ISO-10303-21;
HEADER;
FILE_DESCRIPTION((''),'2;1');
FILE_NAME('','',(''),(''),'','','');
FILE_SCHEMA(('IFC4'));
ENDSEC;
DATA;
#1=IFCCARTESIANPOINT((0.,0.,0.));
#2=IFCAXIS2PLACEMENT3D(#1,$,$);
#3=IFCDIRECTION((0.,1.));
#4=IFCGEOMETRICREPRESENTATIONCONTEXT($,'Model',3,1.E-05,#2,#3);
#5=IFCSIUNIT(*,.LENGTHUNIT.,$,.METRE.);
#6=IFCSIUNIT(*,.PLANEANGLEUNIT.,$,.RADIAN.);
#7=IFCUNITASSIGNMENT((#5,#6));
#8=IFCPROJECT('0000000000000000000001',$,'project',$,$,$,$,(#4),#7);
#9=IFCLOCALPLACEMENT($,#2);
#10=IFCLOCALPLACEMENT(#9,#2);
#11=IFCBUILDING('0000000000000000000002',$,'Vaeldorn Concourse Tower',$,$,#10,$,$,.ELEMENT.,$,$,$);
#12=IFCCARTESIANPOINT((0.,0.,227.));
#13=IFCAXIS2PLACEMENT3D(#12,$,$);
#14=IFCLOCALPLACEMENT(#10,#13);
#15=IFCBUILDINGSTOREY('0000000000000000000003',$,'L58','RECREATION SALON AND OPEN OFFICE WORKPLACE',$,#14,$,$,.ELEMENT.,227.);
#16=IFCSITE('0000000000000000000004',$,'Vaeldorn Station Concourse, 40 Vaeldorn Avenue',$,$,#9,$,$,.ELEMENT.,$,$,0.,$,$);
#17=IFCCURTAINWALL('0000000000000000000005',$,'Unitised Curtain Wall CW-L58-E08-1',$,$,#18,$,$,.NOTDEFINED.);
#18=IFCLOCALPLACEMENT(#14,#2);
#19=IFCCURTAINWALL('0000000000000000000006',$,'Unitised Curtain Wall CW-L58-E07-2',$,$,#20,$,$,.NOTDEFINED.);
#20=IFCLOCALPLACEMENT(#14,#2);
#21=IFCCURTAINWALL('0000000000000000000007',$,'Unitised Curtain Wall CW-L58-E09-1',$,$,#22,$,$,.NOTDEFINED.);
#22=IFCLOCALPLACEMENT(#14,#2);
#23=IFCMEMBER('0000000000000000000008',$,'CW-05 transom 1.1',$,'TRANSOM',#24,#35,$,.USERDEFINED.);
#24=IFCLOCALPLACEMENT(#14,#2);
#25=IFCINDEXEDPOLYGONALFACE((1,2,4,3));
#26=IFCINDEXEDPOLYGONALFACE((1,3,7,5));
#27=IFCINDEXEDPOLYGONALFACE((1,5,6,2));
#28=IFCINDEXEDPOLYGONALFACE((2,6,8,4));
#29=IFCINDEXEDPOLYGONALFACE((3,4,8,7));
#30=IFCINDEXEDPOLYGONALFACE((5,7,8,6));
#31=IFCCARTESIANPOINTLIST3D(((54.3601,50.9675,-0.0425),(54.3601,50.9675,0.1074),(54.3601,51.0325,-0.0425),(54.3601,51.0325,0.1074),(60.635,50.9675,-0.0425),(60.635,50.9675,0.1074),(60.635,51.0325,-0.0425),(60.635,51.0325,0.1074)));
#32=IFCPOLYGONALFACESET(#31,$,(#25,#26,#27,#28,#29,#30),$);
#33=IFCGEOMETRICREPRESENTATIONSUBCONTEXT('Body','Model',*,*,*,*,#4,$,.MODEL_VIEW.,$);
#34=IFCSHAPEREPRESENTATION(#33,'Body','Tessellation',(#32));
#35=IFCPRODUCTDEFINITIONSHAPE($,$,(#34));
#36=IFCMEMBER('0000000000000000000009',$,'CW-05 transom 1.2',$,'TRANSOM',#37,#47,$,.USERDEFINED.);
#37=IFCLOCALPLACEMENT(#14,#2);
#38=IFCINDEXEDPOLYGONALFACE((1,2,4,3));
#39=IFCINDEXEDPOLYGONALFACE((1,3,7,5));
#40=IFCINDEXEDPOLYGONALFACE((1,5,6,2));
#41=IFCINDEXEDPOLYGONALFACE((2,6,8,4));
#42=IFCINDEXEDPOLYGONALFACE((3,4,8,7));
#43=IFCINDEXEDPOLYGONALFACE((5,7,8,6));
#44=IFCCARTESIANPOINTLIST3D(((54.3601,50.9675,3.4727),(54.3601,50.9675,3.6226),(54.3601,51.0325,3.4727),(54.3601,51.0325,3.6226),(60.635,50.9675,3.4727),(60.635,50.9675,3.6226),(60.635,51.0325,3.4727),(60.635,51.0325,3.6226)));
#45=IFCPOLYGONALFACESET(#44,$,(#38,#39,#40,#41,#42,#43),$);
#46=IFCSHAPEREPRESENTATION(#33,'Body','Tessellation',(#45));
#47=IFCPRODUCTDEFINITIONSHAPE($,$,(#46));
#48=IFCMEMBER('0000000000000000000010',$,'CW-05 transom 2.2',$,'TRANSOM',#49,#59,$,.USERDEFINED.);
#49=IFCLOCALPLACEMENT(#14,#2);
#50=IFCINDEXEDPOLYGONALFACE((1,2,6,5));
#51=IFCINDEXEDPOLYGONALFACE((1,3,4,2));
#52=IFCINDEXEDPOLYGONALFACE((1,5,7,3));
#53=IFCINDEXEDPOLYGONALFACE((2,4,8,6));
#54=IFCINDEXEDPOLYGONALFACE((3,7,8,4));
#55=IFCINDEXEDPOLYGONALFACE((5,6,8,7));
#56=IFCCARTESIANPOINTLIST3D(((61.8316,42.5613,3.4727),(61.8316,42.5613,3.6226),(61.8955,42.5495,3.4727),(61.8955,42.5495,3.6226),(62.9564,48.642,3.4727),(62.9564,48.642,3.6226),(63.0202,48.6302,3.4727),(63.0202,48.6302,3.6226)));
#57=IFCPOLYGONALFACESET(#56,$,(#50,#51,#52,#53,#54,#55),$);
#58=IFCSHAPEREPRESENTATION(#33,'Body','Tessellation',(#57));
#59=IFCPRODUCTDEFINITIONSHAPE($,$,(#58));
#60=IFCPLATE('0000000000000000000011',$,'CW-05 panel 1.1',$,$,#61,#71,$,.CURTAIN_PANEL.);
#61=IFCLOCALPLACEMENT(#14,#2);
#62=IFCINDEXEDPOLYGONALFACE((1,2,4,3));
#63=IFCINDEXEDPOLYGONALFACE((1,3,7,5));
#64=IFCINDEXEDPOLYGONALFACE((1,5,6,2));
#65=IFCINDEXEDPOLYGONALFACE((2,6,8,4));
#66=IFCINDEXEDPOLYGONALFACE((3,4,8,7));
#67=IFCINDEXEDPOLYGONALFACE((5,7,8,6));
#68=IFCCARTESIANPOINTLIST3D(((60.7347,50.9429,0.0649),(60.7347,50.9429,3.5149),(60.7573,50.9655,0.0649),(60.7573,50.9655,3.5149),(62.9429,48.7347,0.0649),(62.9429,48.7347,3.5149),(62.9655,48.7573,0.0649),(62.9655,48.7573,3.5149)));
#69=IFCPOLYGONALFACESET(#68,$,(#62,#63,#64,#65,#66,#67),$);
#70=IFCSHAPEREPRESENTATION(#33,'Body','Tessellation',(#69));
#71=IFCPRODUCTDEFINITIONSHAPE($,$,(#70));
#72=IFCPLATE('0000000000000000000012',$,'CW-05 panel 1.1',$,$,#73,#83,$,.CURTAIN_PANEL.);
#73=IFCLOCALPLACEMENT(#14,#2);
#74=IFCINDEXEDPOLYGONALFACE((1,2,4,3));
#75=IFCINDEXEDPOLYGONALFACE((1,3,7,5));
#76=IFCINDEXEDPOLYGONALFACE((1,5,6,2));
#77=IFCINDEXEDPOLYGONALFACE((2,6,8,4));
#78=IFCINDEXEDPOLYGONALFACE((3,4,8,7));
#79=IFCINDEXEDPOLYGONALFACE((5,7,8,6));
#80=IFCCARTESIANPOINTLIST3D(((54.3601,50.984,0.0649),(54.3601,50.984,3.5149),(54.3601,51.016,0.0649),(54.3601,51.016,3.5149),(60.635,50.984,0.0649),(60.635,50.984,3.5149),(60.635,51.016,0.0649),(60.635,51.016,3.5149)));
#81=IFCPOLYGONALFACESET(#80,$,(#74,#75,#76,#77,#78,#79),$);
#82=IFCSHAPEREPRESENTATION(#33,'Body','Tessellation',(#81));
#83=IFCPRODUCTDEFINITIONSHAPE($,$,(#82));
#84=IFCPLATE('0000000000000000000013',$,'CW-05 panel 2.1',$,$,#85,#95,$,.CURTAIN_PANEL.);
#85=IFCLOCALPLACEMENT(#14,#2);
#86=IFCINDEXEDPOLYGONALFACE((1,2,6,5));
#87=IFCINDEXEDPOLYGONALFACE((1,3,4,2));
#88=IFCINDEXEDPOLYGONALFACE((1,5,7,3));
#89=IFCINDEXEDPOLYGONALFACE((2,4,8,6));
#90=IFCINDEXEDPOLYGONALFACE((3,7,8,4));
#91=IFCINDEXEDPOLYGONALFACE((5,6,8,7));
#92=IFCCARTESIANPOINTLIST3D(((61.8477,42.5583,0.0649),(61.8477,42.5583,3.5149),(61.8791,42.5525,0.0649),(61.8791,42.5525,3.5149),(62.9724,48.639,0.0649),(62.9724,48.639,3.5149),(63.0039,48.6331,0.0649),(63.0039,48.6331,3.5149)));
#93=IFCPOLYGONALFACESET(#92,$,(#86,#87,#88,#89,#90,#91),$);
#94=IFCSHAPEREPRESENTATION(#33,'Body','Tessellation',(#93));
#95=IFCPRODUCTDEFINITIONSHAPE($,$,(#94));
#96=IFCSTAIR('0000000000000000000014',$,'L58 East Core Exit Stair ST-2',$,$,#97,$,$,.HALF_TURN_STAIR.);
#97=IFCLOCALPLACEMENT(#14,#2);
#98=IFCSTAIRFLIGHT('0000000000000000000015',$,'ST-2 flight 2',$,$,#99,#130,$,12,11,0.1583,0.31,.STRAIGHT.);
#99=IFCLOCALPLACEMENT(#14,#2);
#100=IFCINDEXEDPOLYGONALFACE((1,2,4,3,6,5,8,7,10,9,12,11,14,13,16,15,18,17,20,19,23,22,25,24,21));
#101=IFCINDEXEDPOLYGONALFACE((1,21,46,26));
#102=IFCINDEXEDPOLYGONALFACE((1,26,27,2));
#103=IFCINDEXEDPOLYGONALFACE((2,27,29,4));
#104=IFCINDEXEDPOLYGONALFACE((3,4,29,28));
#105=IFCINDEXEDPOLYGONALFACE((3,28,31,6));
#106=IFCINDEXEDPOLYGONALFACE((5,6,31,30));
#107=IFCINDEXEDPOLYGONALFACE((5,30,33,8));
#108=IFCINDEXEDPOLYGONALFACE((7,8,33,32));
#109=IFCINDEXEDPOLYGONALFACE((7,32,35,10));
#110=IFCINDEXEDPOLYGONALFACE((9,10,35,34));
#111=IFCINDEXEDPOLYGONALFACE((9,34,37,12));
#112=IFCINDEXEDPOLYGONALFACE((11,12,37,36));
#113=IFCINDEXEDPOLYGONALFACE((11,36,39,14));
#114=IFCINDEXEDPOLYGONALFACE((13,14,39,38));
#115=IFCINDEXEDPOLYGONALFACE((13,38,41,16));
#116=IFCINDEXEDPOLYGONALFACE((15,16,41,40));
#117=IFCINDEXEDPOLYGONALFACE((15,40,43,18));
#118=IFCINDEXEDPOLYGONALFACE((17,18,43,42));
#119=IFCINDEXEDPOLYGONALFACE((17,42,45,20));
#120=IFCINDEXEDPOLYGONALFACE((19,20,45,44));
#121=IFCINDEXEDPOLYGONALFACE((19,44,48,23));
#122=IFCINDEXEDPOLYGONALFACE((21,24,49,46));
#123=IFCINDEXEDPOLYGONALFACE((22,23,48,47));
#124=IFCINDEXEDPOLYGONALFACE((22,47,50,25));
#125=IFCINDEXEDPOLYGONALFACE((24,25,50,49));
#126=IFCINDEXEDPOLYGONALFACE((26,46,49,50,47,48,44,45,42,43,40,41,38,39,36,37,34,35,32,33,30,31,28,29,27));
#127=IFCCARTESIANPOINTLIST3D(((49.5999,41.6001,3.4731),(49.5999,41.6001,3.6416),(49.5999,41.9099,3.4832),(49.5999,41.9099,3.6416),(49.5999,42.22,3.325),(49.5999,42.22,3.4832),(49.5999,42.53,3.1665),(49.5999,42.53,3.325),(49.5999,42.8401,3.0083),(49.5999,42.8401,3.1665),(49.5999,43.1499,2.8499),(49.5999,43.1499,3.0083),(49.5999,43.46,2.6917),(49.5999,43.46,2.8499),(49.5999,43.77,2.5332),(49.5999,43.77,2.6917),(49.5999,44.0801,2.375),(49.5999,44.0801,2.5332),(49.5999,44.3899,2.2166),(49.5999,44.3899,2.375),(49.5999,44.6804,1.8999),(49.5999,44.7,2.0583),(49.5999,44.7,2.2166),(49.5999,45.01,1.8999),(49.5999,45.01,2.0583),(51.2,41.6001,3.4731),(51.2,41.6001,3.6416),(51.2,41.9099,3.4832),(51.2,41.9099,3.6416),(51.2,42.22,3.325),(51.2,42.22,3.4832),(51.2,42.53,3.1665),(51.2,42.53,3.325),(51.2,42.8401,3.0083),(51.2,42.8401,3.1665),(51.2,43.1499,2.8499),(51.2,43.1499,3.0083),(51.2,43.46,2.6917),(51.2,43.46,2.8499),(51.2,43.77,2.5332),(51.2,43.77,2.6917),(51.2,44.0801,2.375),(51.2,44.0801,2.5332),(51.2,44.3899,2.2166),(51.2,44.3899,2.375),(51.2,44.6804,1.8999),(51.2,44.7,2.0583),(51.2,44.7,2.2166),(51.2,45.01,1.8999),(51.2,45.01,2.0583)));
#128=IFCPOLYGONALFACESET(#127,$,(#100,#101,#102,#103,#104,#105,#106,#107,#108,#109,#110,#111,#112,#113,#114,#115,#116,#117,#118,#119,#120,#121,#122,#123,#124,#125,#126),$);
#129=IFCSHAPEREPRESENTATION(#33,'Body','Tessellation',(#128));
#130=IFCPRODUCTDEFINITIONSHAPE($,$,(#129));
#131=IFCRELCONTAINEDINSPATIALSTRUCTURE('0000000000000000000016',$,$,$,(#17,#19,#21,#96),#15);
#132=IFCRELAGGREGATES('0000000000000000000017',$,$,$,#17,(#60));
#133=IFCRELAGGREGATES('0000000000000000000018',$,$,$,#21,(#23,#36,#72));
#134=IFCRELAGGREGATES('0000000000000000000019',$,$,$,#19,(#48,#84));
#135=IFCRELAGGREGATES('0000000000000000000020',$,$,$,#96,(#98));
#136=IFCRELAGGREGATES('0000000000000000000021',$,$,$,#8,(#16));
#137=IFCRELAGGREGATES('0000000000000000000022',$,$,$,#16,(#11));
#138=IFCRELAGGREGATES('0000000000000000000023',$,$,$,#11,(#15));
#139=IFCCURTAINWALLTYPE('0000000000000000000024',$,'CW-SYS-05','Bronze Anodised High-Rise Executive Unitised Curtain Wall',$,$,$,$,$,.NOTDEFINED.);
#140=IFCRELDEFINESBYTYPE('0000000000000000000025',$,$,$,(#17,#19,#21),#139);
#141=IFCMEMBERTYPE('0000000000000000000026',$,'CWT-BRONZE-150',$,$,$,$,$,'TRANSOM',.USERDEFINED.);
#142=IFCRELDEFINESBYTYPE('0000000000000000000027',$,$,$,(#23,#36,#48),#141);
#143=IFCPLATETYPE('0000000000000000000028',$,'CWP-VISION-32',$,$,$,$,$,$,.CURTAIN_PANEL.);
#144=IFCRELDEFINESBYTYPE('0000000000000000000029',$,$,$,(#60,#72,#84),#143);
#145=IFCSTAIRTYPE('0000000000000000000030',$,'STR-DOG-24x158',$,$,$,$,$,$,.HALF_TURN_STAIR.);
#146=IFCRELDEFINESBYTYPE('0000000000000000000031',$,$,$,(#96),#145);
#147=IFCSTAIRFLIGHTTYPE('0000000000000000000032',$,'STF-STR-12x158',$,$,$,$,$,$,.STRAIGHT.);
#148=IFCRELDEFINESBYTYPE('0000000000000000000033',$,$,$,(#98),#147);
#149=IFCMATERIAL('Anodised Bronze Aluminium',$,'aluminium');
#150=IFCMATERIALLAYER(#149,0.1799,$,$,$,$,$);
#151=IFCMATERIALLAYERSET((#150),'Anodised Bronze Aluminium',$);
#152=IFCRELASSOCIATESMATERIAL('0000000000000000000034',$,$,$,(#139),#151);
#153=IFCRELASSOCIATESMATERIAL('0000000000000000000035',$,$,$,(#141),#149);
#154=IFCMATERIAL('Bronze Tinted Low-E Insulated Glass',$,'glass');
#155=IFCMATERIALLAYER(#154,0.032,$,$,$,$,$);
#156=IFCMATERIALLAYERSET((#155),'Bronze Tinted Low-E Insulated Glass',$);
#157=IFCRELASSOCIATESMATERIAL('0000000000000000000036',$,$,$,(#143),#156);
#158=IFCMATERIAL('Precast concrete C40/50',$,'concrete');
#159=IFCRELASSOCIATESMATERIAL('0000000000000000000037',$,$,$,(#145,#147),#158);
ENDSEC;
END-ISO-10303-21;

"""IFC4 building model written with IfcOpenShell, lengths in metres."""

from ifc_helpers import new_model, si_unit, direction, frame, origin, origin_2d, place, context, subcontext, project, spatial, polyline, rectangle, outline, extrude, source, transform, mapped, material, layer, layer_set, material_profile, profile_set, type_object, element, aggregate, save


model = new_model("IFC4")

# Units and contexts
model_context = context("Model", 3, precision=1e-05, world=origin(), true_north=direction((0.0, 1.0)))
body_context = subcontext(model_context, "Body", "Model", "MODEL_VIEW")
ifc_project = project(units=[si_unit("LENGTHUNIT", "METRE"), si_unit("PLANEANGLEUNIT", "RADIAN")], contexts=[model_context])

# Site, building, storey
site_placement = place(None, origin())
site = spatial("IfcSite", under=ifc_project, at=site_placement, Name="Vaeldorn Station Concourse, 40 Vaeldorn Avenue", CompositionType="ELEMENT", RefElevation=0.0)
building_placement = place(site_placement, origin())
building = spatial("IfcBuilding", under=site, at=building_placement, Name="Vaeldorn Concourse Tower", CompositionType="ELEMENT")
storey_placement = place(building_placement, frame((0.0, 0.0, 227.0)))
storey = spatial("IfcBuildingStorey", under=building, at=storey_placement, Name="L58", Description="RECREATION SALON AND OPEN OFFICE WORKPLACE", CompositionType="ELEMENT", Elevation=227.0)

# Curtain wall
ifc_material_1 = material(Name="Anodised Bronze Aluminium", Category="aluminium")
ifc_layer_1 = layer(ifc_material_1, 0.1799)
ifc_layer_set_1 = layer_set([ifc_layer_1], Name="Anodised Bronze Aluminium")
curtain_wall_type = type_object("IfcCurtainWallType", Name="CW-SYS-05", Description="Bronze Anodised High-Rise Executive Unitised Curtain Wall", PredefinedType="NOTDEFINED", material=ifc_layer_set_1)
curtain_wall_1_placement = place(storey_placement, origin())
curtain_wall_1 = element("IfcCurtainWall", 1, at=curtain_wall_1_placement, inside=storey, type_object=curtain_wall_type, Name="Unitised Curtain Wall CW-L58-E08-1", PredefinedType="NOTDEFINED")
ifc_material_profile_1 = material_profile(ifc_material_1, rectangle(XDim=0.0649, YDim=0.1499, at=origin_2d()), Name="CWT 65x150")
ifc_profile_set_1 = profile_set([ifc_material_profile_1], Name="Anodised Bronze Aluminium")
member_type_1 = type_object("IfcMemberType", Name="CWT-BRONZE-150", ElementType="TRANSOM", PredefinedType="USERDEFINED", material=ifc_profile_set_1)

# Curtain wall
curtain_wall_2_placement = place(storey_placement, origin())
curtain_wall_2 = element("IfcCurtainWall", 2, at=curtain_wall_2_placement, inside=storey, type_object=curtain_wall_type, Name="Unitised Curtain Wall CW-L58-E07-2", PredefinedType="NOTDEFINED")

# Curtain wall, members
curtain_wall_3_placement = place(storey_placement, origin())
curtain_wall_3 = element("IfcCurtainWall", 3, at=curtain_wall_3_placement, inside=storey, type_object=curtain_wall_type, Name="Unitised Curtain Wall CW-L58-E09-1", PredefinedType="NOTDEFINED")
shared_shape_1 = source(origin(), body_context, "Body", "SweptSolid", [
    extrude(rectangle(XDim=0.0649, YDim=0.1499, at=origin_2d()), origin(), (0.0, 0.0, 1.0), 6.2749),
])
member_1_placement = place(storey_placement, frame((60.635, 51.0, 0.0325), z_axis=(-1.0, 0.0, 0.0), x_axis=(0.0, -1.0, 0.0)))
member_1 = element("IfcMember", 4, at=member_1_placement, type_object=member_type_1, Name="CW-05 transom 1.1", ObjectType="TRANSOM", PredefinedType="USERDEFINED", context=body_context, shape_type="MappedRepresentation", body=[
    mapped(shared_shape_1, transform((0.0, 0.0, 0.0), scale=1.0)),
])
member_2_placement = place(storey_placement, frame((60.635, 51.0, 3.5476), z_axis=(-1.0, 0.0, 0.0), x_axis=(0.0, -1.0, 0.0)))
member_2 = element("IfcMember", 5, at=member_2_placement, type_object=member_type_1, Name="CW-05 transom 1.2", ObjectType="TRANSOM", PredefinedType="USERDEFINED", context=body_context, shape_type="MappedRepresentation", body=[
    mapped(shared_shape_1, transform((0.0, 0.0, 0.0), scale=1.0)),
])

# Member
shared_shape_2 = source(origin(), body_context, "Body", "SweptSolid", [
    extrude(rectangle(XDim=0.0649, YDim=0.1499, at=origin_2d()), origin(), (0.0, 0.0, 1.0), 6.1838),
])
member_3_placement = place(storey_placement, frame((61.8635, 42.5554, 3.5476), z_axis=(0.18189, 0.983319, 0.0), x_axis=(-0.983319, 0.18189, 0.0)))
member_3 = element("IfcMember", 6, at=member_3_placement, type_object=member_type_1, Name="CW-05 transom 2.2", ObjectType="TRANSOM", PredefinedType="USERDEFINED", context=body_context, shape_type="MappedRepresentation", body=[
    mapped(shared_shape_2, transform((0.0, 0.0, 0.0), scale=1.0)),
])

# Plates
ifc_material_2 = material(Name="Bronze Tinted Low-E Insulated Glass", Category="glass")
ifc_layer_2 = layer(ifc_material_2, 0.032)
ifc_layer_set_2 = layer_set([ifc_layer_2], Name="Bronze Tinted Low-E Insulated Glass")
plate_type = type_object("IfcPlateType", Name="CWP-VISION-32", PredefinedType="CURTAIN_PANEL", material=ifc_layer_set_2)
shared_shape_3 = source(origin(), body_context, "Body", "SweptSolid", [
    extrude(rectangle(XDim=3.1228, YDim=0.032, at=origin_2d()), origin(), (0.0, 0.0, 1.0), 3.45),
])
plate_1_placement = place(storey_placement, frame((61.8501, 49.8501, 0.0649), z_axis=(0.0, 0.0, 1.0), x_axis=(-0.707107, 0.707107, 0.0)))
plate_1 = element("IfcPlate", 7, at=plate_1_placement, type_object=plate_type, Name="CW-05 panel 1.1", PredefinedType="CURTAIN_PANEL", context=body_context, shape_type="MappedRepresentation", body=[
    mapped(shared_shape_3, transform((0.0, 0.0, 0.0), scale=1.0)),
])
aggregate(curtain_wall_1, [plate_1])
shared_shape_4 = source(origin(), body_context, "Body", "SweptSolid", [
    extrude(rectangle(XDim=6.2749, YDim=0.032, at=origin_2d()), origin(), (0.0, 0.0, 1.0), 3.45),
])
plate_2_placement = place(storey_placement, frame((57.4976, 51.0, 0.0649), z_axis=(0.0, 0.0, 1.0), x_axis=(-1.0, 0.0, 0.0)))
plate_2 = element("IfcPlate", 8, at=plate_2_placement, type_object=plate_type, Name="CW-05 panel 1.1", PredefinedType="CURTAIN_PANEL", context=body_context, shape_type="MappedRepresentation", body=[
    mapped(shared_shape_4, transform((0.0, 0.0, 0.0), scale=1.0)),
])
aggregate(curtain_wall_3, [member_1, member_2, plate_2])
shared_shape_5 = source(origin(), body_context, "Body", "SweptSolid", [
    extrude(rectangle(XDim=6.1838, YDim=0.032, at=origin_2d()), origin(), (0.0, 0.0, 1.0), 3.45),
])
plate_3_placement = place(storey_placement, frame((62.4258, 45.5957, 0.0649), z_axis=(0.0, 0.0, 1.0), x_axis=(0.181888, 0.983319, 0.0)))
plate_3 = element("IfcPlate", 9, at=plate_3_placement, type_object=plate_type, Name="CW-05 panel 2.1", PredefinedType="CURTAIN_PANEL", context=body_context, shape_type="MappedRepresentation", body=[
    mapped(shared_shape_5, transform((0.0, 0.0, 0.0), scale=1.0)),
])
aggregate(curtain_wall_2, [member_3, plate_3])

# Stair, stair flight
ifc_material_3 = material(Name="Precast concrete C40/50", Category="concrete")
stair_type = type_object("IfcStairType", Name="STR-DOG-24x158", PredefinedType="HALF_TURN_STAIR", material=ifc_material_3)
stair_placement = place(storey_placement, origin())
stair = element("IfcStair", 10, at=stair_placement, inside=storey, type_object=stair_type, Name="L58 East Core Exit Stair ST-2", PredefinedType="HALF_TURN_STAIR")
stair_flight_type = type_object("IfcStairFlightType", Name="STF-STR-12x158", PredefinedType="STRAIGHT", material=ifc_material_3)
stair_flight_placement = place(storey_placement, frame((50.3999, 45.01, 1.8999), z_axis=(0.0, 0.0, 1.0), x_axis=(0.0, -1.0, 0.0)))
stair_flight = element("IfcStairFlight", 11, at=stair_flight_placement, type_object=stair_flight_type, Name="ST-2 flight 2", NumberOfRisers=12, NumberOfTreads=11, PredefinedType="STRAIGHT", RiserHeight=0.1583, TreadLength=0.31, context=body_context, shape_type="SweptSolid", body=[
    extrude(outline(polyline([(0.0, 0.0), (0.0, 0.1584), (0.3101, 0.1584), (0.3101, 0.3167), (0.6201, 0.3167), (0.6201, 0.4751), (0.9299, 0.4751), (0.9299, 0.6333), (1.24, 0.6333), (1.24, 0.7917), (1.55, 0.7917), (1.55, 0.95), (1.8601, 0.95), (1.8601, 1.1084), (2.1699, 1.1084), (2.1699, 1.2666), (2.48, 1.2666), (2.48, 1.425), (2.79, 1.425), (2.79, 1.5833), (3.1001, 1.5833), (3.1001, 1.7417), (3.4099, 1.7417), (3.4099, 1.8999), (3.4099, 1.5732), (0.3296, 0.0), (0.0, 0.0)])), frame((0.0, 0.8, 0.0), z_axis=(0.0, -1.0, 0.0), x_axis=(1.0, 0.0, 0.0)), (0.0, 0.0, 1.0), 1.6001),
])
aggregate(stair, [stair_flight])

save(model, "model.ifc")
